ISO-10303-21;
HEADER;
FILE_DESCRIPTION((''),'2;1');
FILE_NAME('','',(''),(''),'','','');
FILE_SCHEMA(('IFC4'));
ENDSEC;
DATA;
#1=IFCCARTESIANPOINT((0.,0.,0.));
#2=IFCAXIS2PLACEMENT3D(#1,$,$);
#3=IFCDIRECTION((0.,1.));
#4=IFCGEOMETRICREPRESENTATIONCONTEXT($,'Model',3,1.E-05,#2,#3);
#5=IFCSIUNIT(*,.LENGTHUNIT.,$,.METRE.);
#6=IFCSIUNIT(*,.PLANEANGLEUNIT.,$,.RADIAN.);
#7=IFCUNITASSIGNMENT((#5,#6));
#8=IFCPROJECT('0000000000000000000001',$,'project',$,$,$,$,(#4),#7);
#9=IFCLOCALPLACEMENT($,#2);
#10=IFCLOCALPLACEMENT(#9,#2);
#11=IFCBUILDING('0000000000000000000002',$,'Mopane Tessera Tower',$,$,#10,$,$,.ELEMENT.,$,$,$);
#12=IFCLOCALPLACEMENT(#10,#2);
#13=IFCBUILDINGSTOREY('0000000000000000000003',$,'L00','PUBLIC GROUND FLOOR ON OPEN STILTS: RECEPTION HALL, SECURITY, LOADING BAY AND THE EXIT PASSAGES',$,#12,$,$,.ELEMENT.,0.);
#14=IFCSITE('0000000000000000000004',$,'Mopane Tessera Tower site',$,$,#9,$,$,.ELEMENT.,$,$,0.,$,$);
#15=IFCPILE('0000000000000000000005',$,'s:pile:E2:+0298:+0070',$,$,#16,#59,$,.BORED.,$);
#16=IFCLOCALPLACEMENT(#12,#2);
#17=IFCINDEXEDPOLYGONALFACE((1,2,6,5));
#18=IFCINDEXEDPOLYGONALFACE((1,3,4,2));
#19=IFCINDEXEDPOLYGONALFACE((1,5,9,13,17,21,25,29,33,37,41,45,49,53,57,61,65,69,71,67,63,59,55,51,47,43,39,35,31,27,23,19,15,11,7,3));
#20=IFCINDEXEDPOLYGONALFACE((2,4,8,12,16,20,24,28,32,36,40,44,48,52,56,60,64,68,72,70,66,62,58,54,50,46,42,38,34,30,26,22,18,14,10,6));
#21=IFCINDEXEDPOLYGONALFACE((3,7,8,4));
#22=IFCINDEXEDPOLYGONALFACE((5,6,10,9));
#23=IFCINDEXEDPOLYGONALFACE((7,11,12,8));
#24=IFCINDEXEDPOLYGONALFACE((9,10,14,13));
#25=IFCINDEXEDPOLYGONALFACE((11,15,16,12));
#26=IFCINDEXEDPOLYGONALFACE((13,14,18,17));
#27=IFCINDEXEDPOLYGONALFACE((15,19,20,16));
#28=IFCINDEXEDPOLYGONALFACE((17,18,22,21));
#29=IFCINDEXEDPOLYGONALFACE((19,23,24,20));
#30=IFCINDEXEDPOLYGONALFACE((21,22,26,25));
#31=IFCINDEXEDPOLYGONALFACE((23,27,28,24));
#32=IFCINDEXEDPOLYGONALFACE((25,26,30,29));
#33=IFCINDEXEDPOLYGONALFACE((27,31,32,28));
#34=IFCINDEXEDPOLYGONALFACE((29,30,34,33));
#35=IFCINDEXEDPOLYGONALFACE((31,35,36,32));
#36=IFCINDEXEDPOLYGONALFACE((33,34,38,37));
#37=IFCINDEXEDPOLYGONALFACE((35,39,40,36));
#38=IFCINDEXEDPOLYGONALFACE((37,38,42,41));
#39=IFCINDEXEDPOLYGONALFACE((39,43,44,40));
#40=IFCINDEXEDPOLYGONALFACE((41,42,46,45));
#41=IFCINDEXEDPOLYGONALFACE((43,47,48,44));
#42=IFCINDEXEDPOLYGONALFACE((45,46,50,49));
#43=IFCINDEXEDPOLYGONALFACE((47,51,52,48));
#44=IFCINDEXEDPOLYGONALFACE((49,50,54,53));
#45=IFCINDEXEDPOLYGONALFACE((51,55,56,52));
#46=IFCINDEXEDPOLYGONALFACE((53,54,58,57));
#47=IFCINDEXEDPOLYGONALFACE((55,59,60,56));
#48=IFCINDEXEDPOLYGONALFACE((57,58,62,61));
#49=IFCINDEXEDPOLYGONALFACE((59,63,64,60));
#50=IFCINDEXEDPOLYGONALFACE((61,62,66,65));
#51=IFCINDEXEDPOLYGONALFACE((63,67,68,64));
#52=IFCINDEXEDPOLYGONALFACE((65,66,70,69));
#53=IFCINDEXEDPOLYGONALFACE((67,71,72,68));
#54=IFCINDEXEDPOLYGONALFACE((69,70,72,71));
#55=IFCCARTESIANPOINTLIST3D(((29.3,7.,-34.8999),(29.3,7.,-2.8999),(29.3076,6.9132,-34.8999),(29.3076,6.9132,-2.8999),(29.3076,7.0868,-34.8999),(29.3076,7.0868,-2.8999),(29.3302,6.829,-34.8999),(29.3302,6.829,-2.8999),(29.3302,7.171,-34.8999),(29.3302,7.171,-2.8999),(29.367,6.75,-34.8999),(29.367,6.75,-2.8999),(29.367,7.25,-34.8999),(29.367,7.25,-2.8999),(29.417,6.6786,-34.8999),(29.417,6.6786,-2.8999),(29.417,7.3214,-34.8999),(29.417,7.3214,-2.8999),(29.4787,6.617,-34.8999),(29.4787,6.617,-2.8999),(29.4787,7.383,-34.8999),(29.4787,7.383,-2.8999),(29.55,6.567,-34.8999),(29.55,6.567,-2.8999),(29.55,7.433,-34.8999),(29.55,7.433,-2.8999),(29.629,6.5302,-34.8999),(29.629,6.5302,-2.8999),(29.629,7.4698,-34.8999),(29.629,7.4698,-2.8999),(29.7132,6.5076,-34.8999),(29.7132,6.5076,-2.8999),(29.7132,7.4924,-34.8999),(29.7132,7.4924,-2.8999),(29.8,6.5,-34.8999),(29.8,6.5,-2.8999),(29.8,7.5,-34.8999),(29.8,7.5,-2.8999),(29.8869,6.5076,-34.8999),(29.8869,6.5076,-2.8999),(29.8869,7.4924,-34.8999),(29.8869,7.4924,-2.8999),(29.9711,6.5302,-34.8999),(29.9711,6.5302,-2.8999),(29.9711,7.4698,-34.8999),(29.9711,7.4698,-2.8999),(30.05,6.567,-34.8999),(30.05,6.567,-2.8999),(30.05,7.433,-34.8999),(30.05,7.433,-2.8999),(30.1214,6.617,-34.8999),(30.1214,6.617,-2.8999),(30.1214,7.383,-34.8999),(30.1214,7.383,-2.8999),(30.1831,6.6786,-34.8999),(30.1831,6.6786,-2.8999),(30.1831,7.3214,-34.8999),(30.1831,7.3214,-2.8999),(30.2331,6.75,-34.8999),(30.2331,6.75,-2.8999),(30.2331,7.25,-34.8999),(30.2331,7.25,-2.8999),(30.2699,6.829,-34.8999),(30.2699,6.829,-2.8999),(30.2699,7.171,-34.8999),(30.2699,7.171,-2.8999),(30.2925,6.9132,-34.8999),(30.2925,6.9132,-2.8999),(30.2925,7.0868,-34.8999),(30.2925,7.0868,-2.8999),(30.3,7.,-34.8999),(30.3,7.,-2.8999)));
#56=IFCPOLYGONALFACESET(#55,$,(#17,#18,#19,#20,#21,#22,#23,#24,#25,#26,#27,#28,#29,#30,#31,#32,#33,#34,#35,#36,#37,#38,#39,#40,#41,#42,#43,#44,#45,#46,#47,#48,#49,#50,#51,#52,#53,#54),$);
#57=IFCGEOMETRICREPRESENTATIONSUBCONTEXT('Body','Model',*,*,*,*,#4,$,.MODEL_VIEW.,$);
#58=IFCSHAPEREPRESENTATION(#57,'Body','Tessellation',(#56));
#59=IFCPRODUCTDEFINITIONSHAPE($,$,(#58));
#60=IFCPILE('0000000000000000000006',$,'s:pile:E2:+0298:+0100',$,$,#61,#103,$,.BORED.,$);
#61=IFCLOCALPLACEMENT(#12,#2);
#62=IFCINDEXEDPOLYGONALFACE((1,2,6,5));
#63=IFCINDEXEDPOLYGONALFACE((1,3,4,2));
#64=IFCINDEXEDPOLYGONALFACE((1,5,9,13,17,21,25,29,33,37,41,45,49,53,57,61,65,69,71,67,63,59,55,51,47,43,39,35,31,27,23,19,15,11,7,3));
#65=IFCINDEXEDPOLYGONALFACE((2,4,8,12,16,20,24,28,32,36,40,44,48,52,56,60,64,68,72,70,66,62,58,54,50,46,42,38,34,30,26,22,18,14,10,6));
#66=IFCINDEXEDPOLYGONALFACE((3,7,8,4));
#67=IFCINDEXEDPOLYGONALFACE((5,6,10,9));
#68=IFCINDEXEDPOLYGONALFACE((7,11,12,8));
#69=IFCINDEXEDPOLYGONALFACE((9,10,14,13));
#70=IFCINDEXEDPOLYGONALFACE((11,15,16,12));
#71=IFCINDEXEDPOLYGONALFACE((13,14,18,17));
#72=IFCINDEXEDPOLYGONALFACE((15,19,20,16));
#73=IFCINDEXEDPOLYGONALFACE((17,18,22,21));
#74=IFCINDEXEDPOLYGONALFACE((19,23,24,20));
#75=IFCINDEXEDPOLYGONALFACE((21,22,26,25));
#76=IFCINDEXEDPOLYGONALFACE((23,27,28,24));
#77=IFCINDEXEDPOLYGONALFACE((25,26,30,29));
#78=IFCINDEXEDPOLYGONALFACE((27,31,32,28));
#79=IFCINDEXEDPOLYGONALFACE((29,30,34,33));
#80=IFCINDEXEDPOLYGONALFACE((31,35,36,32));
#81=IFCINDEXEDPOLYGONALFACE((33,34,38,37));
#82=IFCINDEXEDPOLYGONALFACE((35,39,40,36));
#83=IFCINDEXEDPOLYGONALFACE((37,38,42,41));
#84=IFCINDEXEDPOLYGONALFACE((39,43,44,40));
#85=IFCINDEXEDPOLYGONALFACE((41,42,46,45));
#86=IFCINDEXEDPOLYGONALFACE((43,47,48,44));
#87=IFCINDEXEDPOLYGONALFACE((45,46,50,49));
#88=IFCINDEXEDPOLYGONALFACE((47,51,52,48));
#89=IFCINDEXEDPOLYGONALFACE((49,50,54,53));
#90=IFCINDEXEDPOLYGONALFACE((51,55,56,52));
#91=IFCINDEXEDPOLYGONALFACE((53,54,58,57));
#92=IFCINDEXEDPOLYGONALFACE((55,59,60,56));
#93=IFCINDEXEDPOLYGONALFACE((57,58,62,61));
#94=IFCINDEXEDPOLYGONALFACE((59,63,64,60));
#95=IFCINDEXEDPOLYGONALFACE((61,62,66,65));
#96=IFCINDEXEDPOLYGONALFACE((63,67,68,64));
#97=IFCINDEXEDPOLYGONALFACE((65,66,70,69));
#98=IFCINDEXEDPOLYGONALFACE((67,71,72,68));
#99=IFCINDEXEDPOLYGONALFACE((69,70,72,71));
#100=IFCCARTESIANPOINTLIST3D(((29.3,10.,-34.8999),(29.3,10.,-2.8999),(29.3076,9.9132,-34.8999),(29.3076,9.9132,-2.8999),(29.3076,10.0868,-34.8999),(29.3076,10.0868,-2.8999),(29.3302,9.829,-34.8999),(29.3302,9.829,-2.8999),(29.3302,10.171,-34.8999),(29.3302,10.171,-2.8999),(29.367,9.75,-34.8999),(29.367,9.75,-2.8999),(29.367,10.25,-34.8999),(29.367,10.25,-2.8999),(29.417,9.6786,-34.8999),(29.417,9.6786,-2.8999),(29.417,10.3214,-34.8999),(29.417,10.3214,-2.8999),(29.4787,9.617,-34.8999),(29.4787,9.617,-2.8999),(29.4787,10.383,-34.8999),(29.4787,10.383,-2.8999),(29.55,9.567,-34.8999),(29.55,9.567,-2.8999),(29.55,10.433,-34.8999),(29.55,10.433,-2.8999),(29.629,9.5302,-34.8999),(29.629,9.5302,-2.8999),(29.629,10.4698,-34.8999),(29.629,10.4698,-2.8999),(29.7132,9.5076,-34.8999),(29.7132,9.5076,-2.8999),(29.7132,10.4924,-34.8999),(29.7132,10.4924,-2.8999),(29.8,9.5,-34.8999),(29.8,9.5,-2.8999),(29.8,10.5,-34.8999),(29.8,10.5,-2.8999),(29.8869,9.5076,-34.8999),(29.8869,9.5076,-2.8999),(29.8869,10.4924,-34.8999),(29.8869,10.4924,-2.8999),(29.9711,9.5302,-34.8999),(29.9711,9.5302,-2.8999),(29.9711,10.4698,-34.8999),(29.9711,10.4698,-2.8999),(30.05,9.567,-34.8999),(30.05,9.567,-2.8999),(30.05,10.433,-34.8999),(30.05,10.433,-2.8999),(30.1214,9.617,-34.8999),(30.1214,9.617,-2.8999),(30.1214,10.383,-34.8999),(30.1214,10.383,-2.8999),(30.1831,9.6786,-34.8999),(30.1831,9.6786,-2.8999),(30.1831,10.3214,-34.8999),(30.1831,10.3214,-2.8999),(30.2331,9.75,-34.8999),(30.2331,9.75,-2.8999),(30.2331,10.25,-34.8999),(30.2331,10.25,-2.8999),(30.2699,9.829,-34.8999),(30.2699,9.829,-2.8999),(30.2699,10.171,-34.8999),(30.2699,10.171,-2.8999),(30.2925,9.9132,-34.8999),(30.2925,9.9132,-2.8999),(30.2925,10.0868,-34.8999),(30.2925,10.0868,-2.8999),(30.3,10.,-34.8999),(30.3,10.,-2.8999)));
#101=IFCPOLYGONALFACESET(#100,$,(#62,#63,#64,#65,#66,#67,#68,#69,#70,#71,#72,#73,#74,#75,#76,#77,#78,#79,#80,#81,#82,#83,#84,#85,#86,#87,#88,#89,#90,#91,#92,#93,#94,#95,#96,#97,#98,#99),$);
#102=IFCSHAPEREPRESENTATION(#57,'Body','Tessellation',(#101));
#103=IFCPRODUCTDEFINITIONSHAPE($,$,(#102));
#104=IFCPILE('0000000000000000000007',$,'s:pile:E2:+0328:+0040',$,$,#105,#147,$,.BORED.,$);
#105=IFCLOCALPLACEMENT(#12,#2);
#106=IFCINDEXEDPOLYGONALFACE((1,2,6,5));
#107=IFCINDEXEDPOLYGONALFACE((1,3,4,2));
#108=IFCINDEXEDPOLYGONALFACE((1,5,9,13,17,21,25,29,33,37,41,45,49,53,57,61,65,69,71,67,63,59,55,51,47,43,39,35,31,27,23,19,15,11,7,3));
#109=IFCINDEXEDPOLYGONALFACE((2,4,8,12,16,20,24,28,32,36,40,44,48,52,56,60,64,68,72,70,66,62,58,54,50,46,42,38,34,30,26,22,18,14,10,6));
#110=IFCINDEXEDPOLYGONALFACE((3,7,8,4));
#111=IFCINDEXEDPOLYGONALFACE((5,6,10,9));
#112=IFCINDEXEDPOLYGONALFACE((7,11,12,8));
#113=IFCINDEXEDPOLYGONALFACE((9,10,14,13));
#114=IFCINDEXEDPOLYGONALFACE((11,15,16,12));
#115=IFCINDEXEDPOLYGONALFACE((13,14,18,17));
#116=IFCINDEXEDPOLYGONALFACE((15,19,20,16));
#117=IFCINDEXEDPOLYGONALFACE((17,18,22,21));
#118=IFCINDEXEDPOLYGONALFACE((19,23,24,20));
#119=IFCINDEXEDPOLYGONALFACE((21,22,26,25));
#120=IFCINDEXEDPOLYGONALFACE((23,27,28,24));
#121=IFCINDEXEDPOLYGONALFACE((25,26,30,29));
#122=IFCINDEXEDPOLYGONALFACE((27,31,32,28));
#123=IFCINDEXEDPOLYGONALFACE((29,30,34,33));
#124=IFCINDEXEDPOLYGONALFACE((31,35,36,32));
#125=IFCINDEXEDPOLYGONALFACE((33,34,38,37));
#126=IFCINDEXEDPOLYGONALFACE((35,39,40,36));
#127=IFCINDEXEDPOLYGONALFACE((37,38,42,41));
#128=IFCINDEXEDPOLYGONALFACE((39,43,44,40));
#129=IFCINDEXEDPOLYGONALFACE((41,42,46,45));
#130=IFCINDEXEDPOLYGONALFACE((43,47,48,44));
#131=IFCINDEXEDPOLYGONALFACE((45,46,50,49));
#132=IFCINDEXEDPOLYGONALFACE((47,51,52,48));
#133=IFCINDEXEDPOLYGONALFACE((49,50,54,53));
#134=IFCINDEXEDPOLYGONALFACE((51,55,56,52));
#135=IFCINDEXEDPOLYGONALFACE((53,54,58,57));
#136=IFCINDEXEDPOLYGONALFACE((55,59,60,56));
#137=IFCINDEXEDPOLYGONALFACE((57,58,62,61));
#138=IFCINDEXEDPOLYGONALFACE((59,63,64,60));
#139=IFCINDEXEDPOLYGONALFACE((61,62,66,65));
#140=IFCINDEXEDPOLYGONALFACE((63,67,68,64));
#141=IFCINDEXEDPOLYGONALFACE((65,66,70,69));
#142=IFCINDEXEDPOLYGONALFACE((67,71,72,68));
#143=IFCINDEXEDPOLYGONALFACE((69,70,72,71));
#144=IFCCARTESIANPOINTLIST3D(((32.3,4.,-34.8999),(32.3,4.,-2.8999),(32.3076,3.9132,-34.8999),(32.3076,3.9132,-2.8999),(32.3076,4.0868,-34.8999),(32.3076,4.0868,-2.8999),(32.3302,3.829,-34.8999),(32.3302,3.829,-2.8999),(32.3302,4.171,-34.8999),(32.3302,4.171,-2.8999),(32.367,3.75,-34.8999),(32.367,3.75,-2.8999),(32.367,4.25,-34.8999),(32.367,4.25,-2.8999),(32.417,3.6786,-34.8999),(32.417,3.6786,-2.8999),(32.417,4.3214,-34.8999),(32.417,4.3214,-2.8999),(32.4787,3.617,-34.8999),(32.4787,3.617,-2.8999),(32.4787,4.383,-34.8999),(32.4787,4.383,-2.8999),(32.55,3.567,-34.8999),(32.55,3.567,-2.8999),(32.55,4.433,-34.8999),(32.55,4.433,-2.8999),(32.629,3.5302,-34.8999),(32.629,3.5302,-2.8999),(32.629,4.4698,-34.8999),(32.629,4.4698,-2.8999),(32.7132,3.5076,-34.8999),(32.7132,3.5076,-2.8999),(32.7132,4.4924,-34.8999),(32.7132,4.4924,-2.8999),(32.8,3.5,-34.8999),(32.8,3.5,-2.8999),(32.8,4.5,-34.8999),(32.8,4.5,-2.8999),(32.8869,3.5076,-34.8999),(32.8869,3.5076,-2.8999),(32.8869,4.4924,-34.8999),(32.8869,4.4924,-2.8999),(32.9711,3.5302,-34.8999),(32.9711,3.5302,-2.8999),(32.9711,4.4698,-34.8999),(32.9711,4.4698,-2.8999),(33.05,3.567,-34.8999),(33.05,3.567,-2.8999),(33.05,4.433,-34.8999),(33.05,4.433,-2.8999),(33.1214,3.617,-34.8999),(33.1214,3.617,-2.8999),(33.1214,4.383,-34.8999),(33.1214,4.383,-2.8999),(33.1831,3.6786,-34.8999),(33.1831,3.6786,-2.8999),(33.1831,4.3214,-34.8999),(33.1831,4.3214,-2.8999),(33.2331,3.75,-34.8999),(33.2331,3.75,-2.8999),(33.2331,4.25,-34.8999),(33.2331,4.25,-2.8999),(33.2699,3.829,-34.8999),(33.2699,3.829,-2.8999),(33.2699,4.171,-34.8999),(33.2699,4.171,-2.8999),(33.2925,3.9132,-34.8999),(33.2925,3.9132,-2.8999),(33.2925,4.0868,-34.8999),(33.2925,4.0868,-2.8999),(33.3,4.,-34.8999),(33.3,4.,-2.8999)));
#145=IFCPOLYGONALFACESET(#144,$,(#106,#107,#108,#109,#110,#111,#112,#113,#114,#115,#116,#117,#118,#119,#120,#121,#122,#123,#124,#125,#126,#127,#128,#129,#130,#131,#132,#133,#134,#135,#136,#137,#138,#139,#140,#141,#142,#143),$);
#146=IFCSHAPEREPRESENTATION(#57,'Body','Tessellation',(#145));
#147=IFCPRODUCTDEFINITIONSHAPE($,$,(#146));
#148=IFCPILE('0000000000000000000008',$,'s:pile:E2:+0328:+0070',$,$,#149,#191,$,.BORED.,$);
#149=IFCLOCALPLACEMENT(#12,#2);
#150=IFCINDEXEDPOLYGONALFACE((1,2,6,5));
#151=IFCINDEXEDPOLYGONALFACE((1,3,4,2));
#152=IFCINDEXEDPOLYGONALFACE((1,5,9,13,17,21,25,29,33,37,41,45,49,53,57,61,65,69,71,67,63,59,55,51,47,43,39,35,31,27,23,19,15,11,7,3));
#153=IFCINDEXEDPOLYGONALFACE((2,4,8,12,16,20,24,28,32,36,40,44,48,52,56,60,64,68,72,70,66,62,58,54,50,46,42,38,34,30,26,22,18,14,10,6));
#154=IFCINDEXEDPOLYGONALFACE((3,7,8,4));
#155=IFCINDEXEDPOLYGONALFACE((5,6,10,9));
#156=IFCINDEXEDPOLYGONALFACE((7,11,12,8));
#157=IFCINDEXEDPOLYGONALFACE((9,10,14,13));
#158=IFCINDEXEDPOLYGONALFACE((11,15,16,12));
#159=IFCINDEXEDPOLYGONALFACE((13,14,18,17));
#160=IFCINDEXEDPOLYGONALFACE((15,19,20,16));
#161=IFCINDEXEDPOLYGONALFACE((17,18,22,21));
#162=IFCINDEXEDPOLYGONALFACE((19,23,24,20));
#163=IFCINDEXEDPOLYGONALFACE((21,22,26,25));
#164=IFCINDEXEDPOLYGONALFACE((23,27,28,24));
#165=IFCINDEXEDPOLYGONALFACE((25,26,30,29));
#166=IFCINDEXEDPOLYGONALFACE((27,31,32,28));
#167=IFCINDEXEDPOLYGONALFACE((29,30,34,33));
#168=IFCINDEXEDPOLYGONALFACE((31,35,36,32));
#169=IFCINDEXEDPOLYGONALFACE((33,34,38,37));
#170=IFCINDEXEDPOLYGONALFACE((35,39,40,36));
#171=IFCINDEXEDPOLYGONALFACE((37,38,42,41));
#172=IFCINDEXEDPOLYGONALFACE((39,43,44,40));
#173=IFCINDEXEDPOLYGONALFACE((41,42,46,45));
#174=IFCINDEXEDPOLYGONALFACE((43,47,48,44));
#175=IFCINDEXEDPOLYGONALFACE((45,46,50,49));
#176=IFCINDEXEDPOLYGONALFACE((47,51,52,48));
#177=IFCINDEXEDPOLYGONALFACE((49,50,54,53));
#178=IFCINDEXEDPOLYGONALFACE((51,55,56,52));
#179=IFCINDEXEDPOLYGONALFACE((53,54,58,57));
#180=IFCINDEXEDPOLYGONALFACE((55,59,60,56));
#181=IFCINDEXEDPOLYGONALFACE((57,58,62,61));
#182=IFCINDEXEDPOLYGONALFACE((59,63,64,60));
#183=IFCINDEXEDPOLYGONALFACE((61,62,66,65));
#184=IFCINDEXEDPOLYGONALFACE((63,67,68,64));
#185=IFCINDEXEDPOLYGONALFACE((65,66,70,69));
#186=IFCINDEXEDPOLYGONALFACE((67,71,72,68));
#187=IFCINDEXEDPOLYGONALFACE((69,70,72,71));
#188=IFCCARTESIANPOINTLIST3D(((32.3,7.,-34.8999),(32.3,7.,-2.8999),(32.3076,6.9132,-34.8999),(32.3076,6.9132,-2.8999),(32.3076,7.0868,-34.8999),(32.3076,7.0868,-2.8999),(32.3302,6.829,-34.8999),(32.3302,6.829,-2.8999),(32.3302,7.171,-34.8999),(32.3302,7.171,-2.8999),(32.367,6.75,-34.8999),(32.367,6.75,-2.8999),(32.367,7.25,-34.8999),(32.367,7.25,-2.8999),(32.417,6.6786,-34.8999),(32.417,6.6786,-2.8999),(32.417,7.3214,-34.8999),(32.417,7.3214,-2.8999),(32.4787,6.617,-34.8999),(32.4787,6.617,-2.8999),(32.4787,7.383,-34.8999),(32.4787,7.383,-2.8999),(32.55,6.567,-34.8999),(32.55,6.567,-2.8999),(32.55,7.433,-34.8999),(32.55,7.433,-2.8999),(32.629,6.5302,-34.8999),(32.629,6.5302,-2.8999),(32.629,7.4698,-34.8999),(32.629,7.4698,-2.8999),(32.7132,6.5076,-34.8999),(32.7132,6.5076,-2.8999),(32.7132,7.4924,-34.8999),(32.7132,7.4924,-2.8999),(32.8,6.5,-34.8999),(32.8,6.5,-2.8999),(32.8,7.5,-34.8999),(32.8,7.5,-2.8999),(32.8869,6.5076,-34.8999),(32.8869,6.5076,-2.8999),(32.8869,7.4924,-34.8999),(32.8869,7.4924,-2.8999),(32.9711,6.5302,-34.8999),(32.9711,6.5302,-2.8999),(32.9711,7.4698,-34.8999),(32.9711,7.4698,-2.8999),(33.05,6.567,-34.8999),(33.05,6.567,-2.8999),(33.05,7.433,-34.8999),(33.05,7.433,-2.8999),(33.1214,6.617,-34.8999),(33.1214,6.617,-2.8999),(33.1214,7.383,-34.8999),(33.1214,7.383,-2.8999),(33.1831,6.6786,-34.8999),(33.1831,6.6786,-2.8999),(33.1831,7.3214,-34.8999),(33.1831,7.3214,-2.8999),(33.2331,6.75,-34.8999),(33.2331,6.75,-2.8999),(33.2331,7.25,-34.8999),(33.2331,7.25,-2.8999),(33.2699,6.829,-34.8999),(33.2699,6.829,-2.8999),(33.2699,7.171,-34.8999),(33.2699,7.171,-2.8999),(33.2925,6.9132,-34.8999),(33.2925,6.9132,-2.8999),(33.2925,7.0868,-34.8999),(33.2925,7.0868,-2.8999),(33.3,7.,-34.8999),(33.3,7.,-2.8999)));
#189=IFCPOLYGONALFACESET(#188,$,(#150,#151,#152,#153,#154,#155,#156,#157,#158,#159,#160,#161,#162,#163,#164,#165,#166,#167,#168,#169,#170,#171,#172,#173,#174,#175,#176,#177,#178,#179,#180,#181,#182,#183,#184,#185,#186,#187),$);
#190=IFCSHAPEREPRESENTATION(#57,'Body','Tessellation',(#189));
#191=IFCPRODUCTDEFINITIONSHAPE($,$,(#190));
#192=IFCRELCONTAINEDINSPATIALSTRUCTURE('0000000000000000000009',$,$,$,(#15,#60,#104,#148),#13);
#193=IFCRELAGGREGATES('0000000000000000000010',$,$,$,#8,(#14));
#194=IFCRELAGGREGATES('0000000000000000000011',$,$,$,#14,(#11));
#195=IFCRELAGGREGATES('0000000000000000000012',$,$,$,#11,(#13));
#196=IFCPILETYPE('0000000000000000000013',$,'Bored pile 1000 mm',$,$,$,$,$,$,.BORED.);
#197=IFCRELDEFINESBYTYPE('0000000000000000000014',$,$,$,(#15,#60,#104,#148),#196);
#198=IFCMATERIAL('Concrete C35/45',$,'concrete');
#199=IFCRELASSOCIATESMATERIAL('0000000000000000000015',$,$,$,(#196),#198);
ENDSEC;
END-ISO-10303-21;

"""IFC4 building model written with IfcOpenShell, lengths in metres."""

from ifc_helpers import new_model, si_unit, direction, frame, origin, origin_2d, place, context, subcontext, project, spatial, circle, extrude, material, material_profile, profile_set, type_object, element, save


model = new_model("IFC4")

# Units and contexts
model_context = context("Model", 3, precision=1e-05, world=origin(), true_north=direction((0.0, 1.0)))
body_context = subcontext(model_context, "Body", "Model", "MODEL_VIEW")
ifc_project = project(units=[si_unit("LENGTHUNIT", "METRE"), si_unit("PLANEANGLEUNIT", "RADIAN")], contexts=[model_context])

# Site, building, storey
site_placement = place(None, origin())
site = spatial("IfcSite", under=ifc_project, at=site_placement, Name="Mopane Tessera Tower site", CompositionType="ELEMENT", RefElevation=0.0)
building_placement = place(site_placement, origin())
building = spatial("IfcBuilding", under=site, at=building_placement, Name="Mopane Tessera Tower", CompositionType="ELEMENT")
storey_placement = place(building_placement, origin())
storey = spatial("IfcBuildingStorey", under=building, at=storey_placement, Name="L00", Description="PUBLIC GROUND FLOOR ON OPEN STILTS: RECEPTION HALL, SECURITY, LOADING BAY AND THE EXIT PASSAGES", CompositionType="ELEMENT", Elevation=0.0)

# Piles
ifc_material_1 = material(Name="Concrete C35/45", Category="concrete")
ifc_material_profile_1 = material_profile(ifc_material_1, circle(Radius=0.5, at=origin_2d()))
ifc_profile_set_1 = profile_set([ifc_material_profile_1], Name="Concrete C35/45")
pile_type_1 = type_object("IfcPileType", Name="Bored pile 1000 mm", PredefinedType="BORED", material=ifc_profile_set_1)
for number, where, z_axis, x_axis, name in (
    (1, (29.8, 7.0, -2.8999), (0.0, 0.0, -1.0), (1.0, 0.0, 0.0), "s:pile:E2:+0298:+0070"),
    (2, (29.8, 10.0, -2.8999), (0.0, 0.0, -1.0), (1.0, 0.0, 0.0), "s:pile:E2:+0298:+0100"),
    (3, (32.8, 4.0, -2.8999), (0.0, 0.0, -1.0), (1.0, 0.0, 0.0), "s:pile:E2:+0328:+0040"),
    (4, (32.8, 7.0, -2.8999), (0.0, 0.0, -1.0), (1.0, 0.0, 0.0), "s:pile:E2:+0328:+0070"),
):
    element("IfcPile", number, at=place(storey_placement, frame(where, z_axis=z_axis, x_axis=x_axis)), inside=storey, type_object=pile_type_1, Name=name, PredefinedType="BORED", context=body_context, shape_type="SweptSolid", body=[
        extrude(circle(Radius=0.5, at=origin_2d()), origin(), (0.0, 0.0, 1.0), 32.0),
    ])

save(model, "model.ifc")
